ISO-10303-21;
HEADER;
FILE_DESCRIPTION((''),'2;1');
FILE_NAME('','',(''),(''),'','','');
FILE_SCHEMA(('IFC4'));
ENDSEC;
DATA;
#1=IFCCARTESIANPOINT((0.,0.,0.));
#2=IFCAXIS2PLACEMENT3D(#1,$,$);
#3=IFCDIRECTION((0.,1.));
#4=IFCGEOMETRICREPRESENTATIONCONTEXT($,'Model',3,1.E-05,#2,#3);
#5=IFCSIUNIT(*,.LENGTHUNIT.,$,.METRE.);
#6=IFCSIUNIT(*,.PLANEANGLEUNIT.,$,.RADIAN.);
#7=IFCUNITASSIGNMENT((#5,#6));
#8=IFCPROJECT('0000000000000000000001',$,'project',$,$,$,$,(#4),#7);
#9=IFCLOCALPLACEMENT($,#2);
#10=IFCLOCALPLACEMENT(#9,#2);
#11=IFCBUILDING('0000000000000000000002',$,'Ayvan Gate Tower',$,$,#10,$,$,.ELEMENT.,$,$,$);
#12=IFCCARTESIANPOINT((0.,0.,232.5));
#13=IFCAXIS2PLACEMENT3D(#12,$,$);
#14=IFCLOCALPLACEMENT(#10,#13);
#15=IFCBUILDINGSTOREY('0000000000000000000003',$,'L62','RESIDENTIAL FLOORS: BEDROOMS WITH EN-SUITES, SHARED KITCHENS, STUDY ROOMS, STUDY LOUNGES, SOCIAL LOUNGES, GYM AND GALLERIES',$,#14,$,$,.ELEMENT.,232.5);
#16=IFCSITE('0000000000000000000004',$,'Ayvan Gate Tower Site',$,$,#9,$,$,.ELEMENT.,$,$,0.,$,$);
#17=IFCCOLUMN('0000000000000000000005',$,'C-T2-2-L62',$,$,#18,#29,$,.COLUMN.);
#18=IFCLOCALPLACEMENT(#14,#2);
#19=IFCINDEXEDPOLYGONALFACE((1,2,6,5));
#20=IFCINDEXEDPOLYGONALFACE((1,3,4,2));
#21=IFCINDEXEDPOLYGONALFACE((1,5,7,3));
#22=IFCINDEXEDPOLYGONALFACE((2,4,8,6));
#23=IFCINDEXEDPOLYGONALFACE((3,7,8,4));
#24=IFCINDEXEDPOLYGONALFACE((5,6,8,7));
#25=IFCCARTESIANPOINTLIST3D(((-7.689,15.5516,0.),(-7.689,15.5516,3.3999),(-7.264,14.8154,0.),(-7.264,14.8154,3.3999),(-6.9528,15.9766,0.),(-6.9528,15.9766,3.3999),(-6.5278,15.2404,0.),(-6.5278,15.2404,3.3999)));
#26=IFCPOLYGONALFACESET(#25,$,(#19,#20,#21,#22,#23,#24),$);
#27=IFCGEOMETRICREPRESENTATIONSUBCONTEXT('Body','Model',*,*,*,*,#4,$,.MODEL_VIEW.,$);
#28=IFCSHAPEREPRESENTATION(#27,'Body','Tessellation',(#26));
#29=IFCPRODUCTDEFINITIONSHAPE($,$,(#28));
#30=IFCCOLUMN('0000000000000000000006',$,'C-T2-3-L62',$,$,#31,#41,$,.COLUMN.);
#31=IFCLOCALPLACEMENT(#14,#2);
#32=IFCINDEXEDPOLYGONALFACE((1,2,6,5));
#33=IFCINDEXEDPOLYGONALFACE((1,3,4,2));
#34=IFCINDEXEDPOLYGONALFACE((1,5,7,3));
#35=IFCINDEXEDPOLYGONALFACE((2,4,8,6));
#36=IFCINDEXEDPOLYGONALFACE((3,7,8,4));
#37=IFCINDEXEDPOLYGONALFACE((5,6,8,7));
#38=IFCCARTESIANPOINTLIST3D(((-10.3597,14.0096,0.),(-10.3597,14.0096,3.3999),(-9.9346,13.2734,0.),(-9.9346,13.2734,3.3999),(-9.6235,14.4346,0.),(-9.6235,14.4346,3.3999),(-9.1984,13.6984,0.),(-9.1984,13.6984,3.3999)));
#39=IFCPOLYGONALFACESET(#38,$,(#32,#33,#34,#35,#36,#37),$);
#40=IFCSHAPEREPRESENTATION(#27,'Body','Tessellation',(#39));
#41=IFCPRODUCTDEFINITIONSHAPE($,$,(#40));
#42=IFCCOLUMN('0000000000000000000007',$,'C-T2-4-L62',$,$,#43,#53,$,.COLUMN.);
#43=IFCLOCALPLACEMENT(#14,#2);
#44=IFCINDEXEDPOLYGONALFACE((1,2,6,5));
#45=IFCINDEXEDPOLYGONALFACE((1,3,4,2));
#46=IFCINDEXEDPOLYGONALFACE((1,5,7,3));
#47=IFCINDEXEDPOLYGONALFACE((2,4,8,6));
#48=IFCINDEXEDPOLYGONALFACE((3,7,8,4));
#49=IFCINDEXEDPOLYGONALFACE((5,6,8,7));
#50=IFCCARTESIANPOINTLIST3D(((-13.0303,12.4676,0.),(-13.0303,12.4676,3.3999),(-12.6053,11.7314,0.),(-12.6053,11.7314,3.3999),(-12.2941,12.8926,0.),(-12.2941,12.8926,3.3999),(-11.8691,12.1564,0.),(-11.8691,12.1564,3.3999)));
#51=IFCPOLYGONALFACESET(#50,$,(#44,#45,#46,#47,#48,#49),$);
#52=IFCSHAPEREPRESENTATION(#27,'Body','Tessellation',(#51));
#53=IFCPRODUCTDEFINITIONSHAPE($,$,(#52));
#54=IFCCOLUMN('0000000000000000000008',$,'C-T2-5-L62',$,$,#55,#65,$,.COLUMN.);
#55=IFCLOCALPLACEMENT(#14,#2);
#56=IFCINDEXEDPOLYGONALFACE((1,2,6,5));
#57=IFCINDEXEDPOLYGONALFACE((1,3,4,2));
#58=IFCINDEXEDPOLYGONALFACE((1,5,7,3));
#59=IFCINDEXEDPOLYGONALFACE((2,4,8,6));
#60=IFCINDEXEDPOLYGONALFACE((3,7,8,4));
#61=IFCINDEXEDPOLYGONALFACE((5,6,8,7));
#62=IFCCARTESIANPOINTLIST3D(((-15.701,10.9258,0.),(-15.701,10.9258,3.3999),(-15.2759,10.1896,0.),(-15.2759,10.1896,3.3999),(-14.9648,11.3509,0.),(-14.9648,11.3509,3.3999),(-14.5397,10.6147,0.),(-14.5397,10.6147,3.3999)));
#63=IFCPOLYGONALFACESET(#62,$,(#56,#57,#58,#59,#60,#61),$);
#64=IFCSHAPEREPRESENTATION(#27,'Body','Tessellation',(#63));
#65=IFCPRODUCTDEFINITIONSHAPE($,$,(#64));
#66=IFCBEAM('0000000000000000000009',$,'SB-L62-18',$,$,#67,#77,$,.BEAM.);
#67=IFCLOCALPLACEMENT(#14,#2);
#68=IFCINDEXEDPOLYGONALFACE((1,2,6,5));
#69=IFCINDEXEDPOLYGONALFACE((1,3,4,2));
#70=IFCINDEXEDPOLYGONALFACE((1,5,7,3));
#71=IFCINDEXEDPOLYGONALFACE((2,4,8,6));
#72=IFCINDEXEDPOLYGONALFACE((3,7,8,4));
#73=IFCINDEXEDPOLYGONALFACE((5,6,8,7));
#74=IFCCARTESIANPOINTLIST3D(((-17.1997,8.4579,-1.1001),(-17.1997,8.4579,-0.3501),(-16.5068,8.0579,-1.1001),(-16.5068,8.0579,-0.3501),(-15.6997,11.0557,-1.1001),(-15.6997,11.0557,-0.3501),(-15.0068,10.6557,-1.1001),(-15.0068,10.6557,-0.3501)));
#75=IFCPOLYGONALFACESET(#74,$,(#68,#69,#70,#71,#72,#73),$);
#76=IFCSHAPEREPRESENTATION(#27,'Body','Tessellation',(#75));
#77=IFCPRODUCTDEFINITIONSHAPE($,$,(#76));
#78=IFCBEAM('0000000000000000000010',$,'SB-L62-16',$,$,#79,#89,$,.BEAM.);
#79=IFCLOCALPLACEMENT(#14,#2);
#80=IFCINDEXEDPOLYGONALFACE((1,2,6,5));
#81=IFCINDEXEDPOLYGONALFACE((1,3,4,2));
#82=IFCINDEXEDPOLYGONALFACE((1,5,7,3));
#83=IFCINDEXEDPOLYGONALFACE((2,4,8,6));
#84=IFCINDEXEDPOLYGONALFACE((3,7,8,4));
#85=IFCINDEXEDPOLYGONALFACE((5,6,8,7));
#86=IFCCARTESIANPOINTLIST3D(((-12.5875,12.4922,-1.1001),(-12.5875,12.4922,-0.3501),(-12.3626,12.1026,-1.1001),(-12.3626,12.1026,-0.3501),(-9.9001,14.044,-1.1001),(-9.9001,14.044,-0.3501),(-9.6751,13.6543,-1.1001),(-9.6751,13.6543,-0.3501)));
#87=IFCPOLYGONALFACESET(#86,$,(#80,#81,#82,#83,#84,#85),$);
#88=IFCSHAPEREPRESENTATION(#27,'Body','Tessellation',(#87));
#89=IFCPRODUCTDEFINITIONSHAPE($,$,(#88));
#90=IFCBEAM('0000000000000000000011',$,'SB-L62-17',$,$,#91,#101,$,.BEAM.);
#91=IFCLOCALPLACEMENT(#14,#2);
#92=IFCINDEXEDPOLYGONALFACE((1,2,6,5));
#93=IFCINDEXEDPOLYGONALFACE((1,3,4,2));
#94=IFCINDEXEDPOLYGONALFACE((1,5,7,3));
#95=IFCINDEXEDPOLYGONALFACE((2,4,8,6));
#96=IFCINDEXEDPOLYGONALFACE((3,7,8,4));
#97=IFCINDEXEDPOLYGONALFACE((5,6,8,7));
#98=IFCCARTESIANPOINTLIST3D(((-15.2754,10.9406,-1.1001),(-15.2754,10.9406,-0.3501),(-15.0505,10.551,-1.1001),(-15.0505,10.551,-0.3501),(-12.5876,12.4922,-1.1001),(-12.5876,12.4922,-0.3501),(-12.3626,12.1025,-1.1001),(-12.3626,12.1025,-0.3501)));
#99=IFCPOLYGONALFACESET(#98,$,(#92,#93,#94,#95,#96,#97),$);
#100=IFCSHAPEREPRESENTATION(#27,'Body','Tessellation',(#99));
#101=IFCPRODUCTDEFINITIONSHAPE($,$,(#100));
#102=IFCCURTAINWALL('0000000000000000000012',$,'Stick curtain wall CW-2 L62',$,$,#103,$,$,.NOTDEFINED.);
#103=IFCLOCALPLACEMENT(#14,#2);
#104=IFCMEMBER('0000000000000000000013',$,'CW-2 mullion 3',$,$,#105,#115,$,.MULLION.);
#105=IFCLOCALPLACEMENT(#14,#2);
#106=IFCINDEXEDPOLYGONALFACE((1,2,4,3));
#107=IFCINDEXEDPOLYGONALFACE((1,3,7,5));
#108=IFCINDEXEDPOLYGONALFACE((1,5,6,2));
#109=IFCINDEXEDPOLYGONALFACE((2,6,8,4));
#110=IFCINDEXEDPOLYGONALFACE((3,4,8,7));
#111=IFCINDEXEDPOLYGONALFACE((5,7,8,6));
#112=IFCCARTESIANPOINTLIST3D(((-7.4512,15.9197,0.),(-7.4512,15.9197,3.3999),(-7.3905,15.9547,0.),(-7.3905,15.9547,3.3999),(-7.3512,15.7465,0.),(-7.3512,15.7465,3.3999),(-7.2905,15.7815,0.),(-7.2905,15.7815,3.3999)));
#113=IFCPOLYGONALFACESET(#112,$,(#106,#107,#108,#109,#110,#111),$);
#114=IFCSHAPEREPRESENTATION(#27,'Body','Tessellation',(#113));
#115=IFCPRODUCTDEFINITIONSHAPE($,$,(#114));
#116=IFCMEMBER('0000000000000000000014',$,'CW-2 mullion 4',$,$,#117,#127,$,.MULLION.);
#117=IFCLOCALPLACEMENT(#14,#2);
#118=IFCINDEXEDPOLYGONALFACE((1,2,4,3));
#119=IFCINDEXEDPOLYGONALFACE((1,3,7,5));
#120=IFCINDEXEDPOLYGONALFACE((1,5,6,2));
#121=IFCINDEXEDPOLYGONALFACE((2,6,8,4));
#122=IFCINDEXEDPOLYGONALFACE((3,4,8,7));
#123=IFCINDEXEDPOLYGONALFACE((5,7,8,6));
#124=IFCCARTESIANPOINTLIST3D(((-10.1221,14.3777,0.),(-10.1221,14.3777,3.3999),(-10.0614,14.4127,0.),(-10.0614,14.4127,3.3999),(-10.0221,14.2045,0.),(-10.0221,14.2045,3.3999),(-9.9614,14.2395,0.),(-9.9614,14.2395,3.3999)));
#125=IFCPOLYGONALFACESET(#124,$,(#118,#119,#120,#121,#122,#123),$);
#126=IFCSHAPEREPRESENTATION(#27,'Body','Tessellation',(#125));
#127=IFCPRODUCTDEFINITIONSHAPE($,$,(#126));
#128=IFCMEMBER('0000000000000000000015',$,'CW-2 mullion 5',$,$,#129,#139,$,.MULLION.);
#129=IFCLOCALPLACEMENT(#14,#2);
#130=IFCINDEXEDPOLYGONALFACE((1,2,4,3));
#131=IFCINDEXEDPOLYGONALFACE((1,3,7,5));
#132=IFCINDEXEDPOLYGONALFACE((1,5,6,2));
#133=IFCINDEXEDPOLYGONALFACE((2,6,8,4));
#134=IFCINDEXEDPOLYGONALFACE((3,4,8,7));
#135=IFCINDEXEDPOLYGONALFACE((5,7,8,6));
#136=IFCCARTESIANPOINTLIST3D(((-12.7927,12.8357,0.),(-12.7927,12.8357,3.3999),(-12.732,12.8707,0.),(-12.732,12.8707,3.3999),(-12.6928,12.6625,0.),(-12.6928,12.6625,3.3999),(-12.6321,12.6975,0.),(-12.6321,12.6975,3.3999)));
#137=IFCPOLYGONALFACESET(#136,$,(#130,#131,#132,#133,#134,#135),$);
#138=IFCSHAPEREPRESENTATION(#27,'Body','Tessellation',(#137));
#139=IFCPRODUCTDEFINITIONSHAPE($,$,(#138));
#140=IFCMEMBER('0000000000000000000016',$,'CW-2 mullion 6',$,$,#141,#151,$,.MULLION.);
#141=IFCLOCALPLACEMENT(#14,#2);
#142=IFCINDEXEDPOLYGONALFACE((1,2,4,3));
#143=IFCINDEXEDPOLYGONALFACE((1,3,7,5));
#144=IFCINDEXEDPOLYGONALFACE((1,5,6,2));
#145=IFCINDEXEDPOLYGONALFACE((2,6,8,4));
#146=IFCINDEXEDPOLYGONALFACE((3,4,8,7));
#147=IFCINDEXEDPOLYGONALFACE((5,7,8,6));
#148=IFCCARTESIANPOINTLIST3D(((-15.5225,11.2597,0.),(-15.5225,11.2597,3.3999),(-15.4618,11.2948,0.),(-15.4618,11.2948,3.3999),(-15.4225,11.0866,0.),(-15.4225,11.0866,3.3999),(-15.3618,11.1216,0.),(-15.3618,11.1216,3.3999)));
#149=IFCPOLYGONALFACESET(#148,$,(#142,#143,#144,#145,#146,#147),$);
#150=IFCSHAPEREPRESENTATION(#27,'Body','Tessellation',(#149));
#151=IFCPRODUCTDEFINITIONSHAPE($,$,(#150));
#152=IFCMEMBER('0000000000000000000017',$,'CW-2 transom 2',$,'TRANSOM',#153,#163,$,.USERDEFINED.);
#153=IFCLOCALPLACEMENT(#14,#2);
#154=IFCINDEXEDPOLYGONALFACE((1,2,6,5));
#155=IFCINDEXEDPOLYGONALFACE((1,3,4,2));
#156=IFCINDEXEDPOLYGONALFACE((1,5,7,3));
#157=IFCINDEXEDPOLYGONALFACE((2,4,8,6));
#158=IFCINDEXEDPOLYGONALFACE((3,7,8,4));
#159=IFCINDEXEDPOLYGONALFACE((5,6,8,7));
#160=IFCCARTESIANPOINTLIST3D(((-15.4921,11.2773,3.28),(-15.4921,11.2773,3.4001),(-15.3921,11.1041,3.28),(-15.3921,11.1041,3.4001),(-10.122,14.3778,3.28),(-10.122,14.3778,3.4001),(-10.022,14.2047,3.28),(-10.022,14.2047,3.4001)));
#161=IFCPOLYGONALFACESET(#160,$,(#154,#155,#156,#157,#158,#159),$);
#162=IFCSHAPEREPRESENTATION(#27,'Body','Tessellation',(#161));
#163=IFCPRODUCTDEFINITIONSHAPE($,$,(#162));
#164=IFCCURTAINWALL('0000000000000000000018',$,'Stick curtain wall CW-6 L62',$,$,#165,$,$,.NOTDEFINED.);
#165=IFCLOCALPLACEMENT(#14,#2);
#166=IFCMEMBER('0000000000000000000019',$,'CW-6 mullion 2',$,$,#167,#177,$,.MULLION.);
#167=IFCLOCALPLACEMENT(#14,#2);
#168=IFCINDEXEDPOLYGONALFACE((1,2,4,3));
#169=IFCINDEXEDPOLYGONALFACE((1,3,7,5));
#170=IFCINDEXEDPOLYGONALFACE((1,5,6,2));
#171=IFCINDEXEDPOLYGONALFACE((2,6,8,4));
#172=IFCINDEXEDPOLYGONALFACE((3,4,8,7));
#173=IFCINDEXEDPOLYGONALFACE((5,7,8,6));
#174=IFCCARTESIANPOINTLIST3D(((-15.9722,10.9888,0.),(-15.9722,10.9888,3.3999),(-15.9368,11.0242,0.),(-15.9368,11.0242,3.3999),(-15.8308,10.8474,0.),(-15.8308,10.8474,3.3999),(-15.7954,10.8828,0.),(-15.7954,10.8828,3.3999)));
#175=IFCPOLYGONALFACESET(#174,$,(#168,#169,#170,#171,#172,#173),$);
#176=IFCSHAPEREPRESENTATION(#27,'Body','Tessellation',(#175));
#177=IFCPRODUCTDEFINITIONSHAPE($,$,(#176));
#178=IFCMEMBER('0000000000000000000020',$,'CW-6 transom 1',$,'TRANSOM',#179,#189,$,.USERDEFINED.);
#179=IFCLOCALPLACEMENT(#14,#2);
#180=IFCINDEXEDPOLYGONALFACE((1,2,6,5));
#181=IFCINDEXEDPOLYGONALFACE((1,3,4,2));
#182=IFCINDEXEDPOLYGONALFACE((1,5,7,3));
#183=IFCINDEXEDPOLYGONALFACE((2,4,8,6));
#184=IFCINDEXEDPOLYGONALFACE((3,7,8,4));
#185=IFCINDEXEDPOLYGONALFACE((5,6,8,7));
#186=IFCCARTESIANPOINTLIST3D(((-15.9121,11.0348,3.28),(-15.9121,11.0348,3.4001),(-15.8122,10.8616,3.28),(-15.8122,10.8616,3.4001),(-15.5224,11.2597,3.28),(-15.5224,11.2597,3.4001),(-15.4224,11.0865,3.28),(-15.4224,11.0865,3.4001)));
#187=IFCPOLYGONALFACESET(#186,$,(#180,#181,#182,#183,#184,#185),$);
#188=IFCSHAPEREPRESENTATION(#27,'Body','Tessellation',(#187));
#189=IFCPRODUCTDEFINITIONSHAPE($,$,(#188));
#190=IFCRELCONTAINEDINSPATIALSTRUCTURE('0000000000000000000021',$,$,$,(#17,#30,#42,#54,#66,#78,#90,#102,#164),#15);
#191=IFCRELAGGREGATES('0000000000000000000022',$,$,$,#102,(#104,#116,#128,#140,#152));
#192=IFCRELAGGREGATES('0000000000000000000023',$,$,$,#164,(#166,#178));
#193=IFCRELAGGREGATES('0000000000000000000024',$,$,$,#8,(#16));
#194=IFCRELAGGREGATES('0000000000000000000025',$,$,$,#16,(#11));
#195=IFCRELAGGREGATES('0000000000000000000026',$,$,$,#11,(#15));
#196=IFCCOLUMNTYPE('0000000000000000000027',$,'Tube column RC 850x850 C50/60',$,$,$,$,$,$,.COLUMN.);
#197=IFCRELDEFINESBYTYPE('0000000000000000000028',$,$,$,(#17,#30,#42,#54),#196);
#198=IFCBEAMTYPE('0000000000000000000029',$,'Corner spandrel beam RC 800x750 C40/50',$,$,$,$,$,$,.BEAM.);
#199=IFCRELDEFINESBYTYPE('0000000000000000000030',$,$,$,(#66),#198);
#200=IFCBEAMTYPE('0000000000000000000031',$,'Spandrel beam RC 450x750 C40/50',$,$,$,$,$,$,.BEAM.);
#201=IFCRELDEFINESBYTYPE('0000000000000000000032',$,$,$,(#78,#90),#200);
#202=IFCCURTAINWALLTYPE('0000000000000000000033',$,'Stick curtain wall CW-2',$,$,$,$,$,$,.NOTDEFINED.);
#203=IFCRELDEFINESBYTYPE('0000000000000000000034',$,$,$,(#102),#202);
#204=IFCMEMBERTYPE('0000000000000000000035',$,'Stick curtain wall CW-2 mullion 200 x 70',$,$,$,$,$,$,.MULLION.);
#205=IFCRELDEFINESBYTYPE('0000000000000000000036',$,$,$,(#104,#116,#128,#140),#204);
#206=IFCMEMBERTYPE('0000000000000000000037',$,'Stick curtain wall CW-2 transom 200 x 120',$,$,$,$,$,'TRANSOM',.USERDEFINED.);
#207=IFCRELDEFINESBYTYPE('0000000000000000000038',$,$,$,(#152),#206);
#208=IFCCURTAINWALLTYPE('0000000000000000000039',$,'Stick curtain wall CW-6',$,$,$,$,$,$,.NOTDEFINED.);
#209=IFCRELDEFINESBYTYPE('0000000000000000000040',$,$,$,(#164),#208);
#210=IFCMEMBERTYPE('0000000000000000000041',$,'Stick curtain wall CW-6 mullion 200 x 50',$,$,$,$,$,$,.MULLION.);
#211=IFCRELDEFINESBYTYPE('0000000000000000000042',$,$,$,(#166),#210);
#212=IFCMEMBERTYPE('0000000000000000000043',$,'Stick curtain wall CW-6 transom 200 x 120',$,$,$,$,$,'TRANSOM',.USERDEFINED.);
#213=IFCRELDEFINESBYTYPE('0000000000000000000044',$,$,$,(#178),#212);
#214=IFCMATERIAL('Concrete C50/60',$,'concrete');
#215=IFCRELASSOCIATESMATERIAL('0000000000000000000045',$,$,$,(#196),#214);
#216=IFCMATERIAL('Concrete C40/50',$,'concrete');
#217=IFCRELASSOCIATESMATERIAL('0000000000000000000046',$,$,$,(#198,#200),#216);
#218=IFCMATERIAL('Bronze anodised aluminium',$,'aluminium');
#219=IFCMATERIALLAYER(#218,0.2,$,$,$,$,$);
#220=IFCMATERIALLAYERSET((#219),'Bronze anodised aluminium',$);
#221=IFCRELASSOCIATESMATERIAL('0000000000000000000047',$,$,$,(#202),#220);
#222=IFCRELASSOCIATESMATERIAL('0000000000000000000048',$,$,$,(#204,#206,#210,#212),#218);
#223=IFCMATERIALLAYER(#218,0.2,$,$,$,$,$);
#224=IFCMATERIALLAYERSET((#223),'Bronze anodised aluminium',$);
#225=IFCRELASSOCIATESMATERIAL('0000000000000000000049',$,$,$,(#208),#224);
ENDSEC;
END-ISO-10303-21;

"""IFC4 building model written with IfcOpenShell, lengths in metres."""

from ifc_helpers import new_model, si_unit, direction, frame, origin, origin_2d, place, context, subcontext, project, spatial, rectangle, extrude, material, layer, layer_set, material_profile, profile_set, type_object, element, aggregate, save


model = new_model("IFC4")

# Units and contexts
model_context = context("Model", 3, precision=1e-05, world=origin(), true_north=direction((0.0, 1.0)))
body_context = subcontext(model_context, "Body", "Model", "MODEL_VIEW")
ifc_project = project(units=[si_unit("LENGTHUNIT", "METRE"), si_unit("PLANEANGLEUNIT", "RADIAN")], contexts=[model_context])

# Site, building, storey
site_placement = place(None, origin())
site = spatial("IfcSite", under=ifc_project, at=site_placement, Name="Ayvan Gate Tower Site", CompositionType="ELEMENT", RefElevation=0.0)
building_placement = place(site_placement, origin())
building = spatial("IfcBuilding", under=site, at=building_placement, Name="Ayvan Gate Tower", CompositionType="ELEMENT")
storey_placement = place(building_placement, frame((0.0, 0.0, 232.5)))
storey = spatial("IfcBuildingStorey", under=building, at=storey_placement, Name="L62", Description="RESIDENTIAL FLOORS: BEDROOMS WITH EN-SUITES, SHARED KITCHENS, STUDY ROOMS, STUDY LOUNGES, SOCIAL LOUNGES, GYM AND GALLERIES", CompositionType="ELEMENT", Elevation=232.5)

# Columns
ifc_material_1 = material(Name="Concrete C50/60", Category="concrete")
ifc_material_profile_1 = material_profile(ifc_material_1, rectangle(XDim=0.8501, YDim=0.8501, at=origin_2d()), Name="RC 850x850")
ifc_profile_set_1 = profile_set([ifc_material_profile_1], Name="Concrete C50/60")
column_type = type_object("IfcColumnType", Name="Tube column RC 850x850 C50/60", PredefinedType="COLUMN", material=ifc_profile_set_1)
for number, where, z_axis, x_axis, name in (
    (1, (-7.1084, 15.396, 0.0), (0.0, 0.0, 1.0), (-0.5, 0.866025, 0.0), "C-T2-2-L62"),
    (2, (-9.7791, 13.854, 0.0), (0.0, 0.0, 1.0), (-0.5, 0.866025, 0.0), "C-T2-3-L62"),
    (3, (-12.4497, 12.312, 0.0), (0.0, 0.0, 1.0), (-0.5, 0.866025, 0.0), "C-T2-4-L62"),
    (4, (-15.1204, 10.7703, 0.0), (0.0, 0.0, 1.0), (-0.5, 0.866025, 0.0), "C-T2-5-L62"),
):
    element("IfcColumn", number, at=place(storey_placement, frame(where, z_axis=z_axis, x_axis=x_axis)), inside=storey, type_object=column_type, Name=name, PredefinedType="COLUMN", context=body_context, shape_type="SweptSolid", body=[
        extrude(rectangle(XDim=0.8501, YDim=0.8501, at=origin_2d()), origin(), (0.0, 0.0, 1.0), 3.3999),
    ])

# Beams
ifc_material_2 = material(Name="Concrete C40/50", Category="concrete")
ifc_material_profile_2 = material_profile(ifc_material_2, rectangle(XDim=0.8, YDim=0.75, at=origin_2d()), Name="RC 800x750")
ifc_profile_set_2 = profile_set([ifc_material_profile_2], Name="Concrete C40/50")
beam_type_1 = type_object("IfcBeamType", Name="Corner spandrel beam RC 800x750 C40/50", PredefinedType="BEAM", material=ifc_profile_set_2)
beam_1_placement = place(storey_placement, frame((-15.3533, 10.8557, -0.7251), z_axis=(-0.500025, -0.866011, 0.0), x_axis=(0.866011, -0.500025, 0.0)))
element("IfcBeam", 5, at=beam_1_placement, inside=storey, type_object=beam_type_1, Name="SB-L62-18", PredefinedType="BEAM", context=body_context, shape_type="SweptSolid", body=[
    extrude(rectangle(XDim=0.8, YDim=0.75, at=origin_2d()), origin(), (0.0, 0.0, 1.0), 2.9998),
])
ifc_material_profile_3 = material_profile(ifc_material_2, rectangle(XDim=0.45, YDim=0.75, at=origin_2d()), Name="RC 450x750")
ifc_profile_set_3 = profile_set([ifc_material_profile_3], Name="Concrete C40/50")
beam_type_2 = type_object("IfcBeamType", Name="Spandrel beam RC 450x750 C40/50", PredefinedType="BEAM", material=ifc_profile_set_3)
beam_2_placement = place(storey_placement, frame((-9.7876, 13.8491, -0.7251), z_axis=(-0.866007, -0.500031, 0.0), x_axis=(0.500031, -0.866007, 0.0)))
element("IfcBeam", 6, at=beam_2_placement, inside=storey, type_object=beam_type_2, Name="SB-L62-16", PredefinedType="BEAM", context=body_context, shape_type="SweptSolid", body=[
    extrude(rectangle(XDim=0.45, YDim=0.75, at=origin_2d()), origin(), (0.0, 0.0, 1.0), 3.1033),
])
beam_3_placement = place(storey_placement, frame((-12.4751, 12.2974, -0.7251), z_axis=(-0.866061, -0.499938, 0.0), x_axis=(0.499938, -0.866061, 0.0)))
element("IfcBeam", 7, at=beam_3_placement, inside=storey, type_object=beam_type_2, Name="SB-L62-17", PredefinedType="BEAM", context=body_context, shape_type="SweptSolid", body=[
    extrude(rectangle(XDim=0.45, YDim=0.75, at=origin_2d()), origin(), (0.0, 0.0, 1.0), 3.1035),
])

# Curtain walls, members
ifc_material_3 = material(Name="Bronze anodised aluminium", Category="aluminium")
ifc_layer_1 = layer(ifc_material_3, 0.2)
ifc_layer_set_1 = layer_set([ifc_layer_1], Name="Bronze anodised aluminium")
curtain_wall_type_1 = type_object("IfcCurtainWallType", Name="Stick curtain wall CW-2", PredefinedType="NOTDEFINED", material=ifc_layer_set_1)
curtain_wall_1_placement = place(storey_placement, origin())
curtain_wall_1 = element("IfcCurtainWall", 8, at=curtain_wall_1_placement, inside=storey, type_object=curtain_wall_type_1, Name="Stick curtain wall CW-2 L62", PredefinedType="NOTDEFINED")
ifc_material_profile_4 = material_profile(ifc_material_3, rectangle(XDim=0.2, YDim=0.0701, at=origin_2d()), Name="Stick curtain wall CW-2 mullion 200 x 70")
ifc_profile_set_4 = profile_set([ifc_material_profile_4], Name="Bronze anodised aluminium")
member_type_1 = type_object("IfcMemberType", Name="Stick curtain wall CW-2 mullion 200 x 70", PredefinedType="MULLION", material=ifc_profile_set_4)
member_1_placement = place(storey_placement, frame((-7.3708, 15.8506, 0.0), z_axis=(0.0, 0.0, 1.0), x_axis=(-0.5, 0.866025, 0.0)))
member_1 = element("IfcMember", 9, at=member_1_placement, type_object=member_type_1, Name="CW-2 mullion 3", PredefinedType="MULLION", context=body_context, shape_type="SweptSolid", body=[
    extrude(rectangle(XDim=0.2, YDim=0.0701, at=origin_2d()), origin(), (0.0, 0.0, 1.0), 3.3999),
])
member_2_placement = place(storey_placement, frame((-10.0417, 14.3086, 0.0), z_axis=(0.0, 0.0, 1.0), x_axis=(-0.5, 0.866025, 0.0)))
member_2 = element("IfcMember", 10, at=member_2_placement, type_object=member_type_1, Name="CW-2 mullion 4", PredefinedType="MULLION", context=body_context, shape_type="SweptSolid", body=[
    extrude(rectangle(XDim=0.2, YDim=0.0701, at=origin_2d()), origin(), (0.0, 0.0, 1.0), 3.3999),
])
member_3_placement = place(storey_placement, frame((-12.7124, 12.7666, 0.0), z_axis=(0.0, 0.0, 1.0), x_axis=(-0.5, 0.866025, 0.0)))
member_3 = element("IfcMember", 11, at=member_3_placement, type_object=member_type_1, Name="CW-2 mullion 5", PredefinedType="MULLION", context=body_context, shape_type="SweptSolid", body=[
    extrude(rectangle(XDim=0.2, YDim=0.0701, at=origin_2d()), origin(), (0.0, 0.0, 1.0), 3.3999),
])
member_4_placement = place(storey_placement, frame((-15.4421, 11.1907, 0.0), z_axis=(0.0, 0.0, 1.0), x_axis=(-0.5, 0.866025, 0.0)))
member_4 = element("IfcMember", 12, at=member_4_placement, type_object=member_type_1, Name="CW-2 mullion 6", PredefinedType="MULLION", context=body_context, shape_type="SweptSolid", body=[
    extrude(rectangle(XDim=0.2, YDim=0.0701, at=origin_2d()), origin(), (0.0, 0.0, 1.0), 3.3999),
])
ifc_material_profile_5 = material_profile(ifc_material_3, rectangle(XDim=0.2, YDim=0.1201, at=origin_2d()), Name="Stick curtain wall CW-2 transom 200 x 120")
ifc_profile_set_5 = profile_set([ifc_material_profile_5], Name="Bronze anodised aluminium")
member_type_2 = type_object("IfcMemberType", Name="Stick curtain wall CW-2 transom 200 x 120", ElementType="TRANSOM", PredefinedType="USERDEFINED", material=ifc_profile_set_5)
member_5_placement = place(storey_placement, frame((-10.072, 14.2913, 3.3401), z_axis=(-0.866015, -0.500018, 0.0), x_axis=(0.500018, -0.866015, 0.0)))
member_5 = element("IfcMember", 13, at=member_5_placement, type_object=member_type_2, Name="CW-2 transom 2", ObjectType="TRANSOM", PredefinedType="USERDEFINED", context=body_context, shape_type="SweptSolid", body=[
    extrude(rectangle(XDim=0.2, YDim=0.1201, at=origin_2d()), origin(), (0.0, 0.0, 1.0), 6.2009),
])
ifc_layer_2 = layer(ifc_material_3, 0.2)
ifc_layer_set_2 = layer_set([ifc_layer_2], Name="Bronze anodised aluminium")
curtain_wall_type_2 = type_object("IfcCurtainWallType", Name="Stick curtain wall CW-6", PredefinedType="NOTDEFINED", material=ifc_layer_set_2)
curtain_wall_2_placement = place(storey_placement, origin())
curtain_wall_2 = element("IfcCurtainWall", 14, at=curtain_wall_2_placement, inside=storey, type_object=curtain_wall_type_2, Name="Stick curtain wall CW-6 L62", PredefinedType="NOTDEFINED")
ifc_material_profile_6 = material_profile(ifc_material_3, rectangle(XDim=0.2, YDim=0.05, at=origin_2d()), Name="Stick curtain wall CW-6 mullion 200 x 50")
ifc_profile_set_6 = profile_set([ifc_material_profile_6], Name="Bronze anodised aluminium")
member_type_3 = type_object("IfcMemberType", Name="Stick curtain wall CW-6 mullion 200 x 50", PredefinedType="MULLION", material=ifc_profile_set_6)
member_6_placement = place(storey_placement, frame((-15.8838, 10.9358, 0.0), z_axis=(0.0, 0.0, 1.0), x_axis=(-0.707107, 0.707107, 0.0)))
member_6 = element("IfcMember", 15, at=member_6_placement, type_object=member_type_3, Name="CW-6 mullion 2", PredefinedType="MULLION", context=body_context, shape_type="SweptSolid", body=[
    extrude(rectangle(XDim=0.2, YDim=0.05, at=origin_2d()), origin(), (0.0, 0.0, 1.0), 3.3999),
])
ifc_material_profile_7 = material_profile(ifc_material_3, rectangle(XDim=0.2, YDim=0.1201, at=origin_2d()), Name="Stick curtain wall CW-6 transom 200 x 120")
ifc_profile_set_7 = profile_set([ifc_material_profile_7], Name="Bronze anodised aluminium")
member_type_4 = type_object("IfcMemberType", Name="Stick curtain wall CW-6 transom 200 x 120", ElementType="TRANSOM", PredefinedType="USERDEFINED", material=ifc_profile_set_7)
member_7_placement = place(storey_placement, frame((-15.4724, 11.1731, 3.3401), z_axis=(-0.866131, -0.499816, 0.0), x_axis=(0.499816, -0.866131, 0.0)))
member_7 = element("IfcMember", 16, at=member_7_placement, type_object=member_type_4, Name="CW-6 transom 1", ObjectType="TRANSOM", PredefinedType="USERDEFINED", context=body_context, shape_type="SweptSolid", body=[
    extrude(rectangle(XDim=0.2, YDim=0.1201, at=origin_2d()), origin(), (0.0, 0.0, 1.0), 0.45),
])

aggregate(curtain_wall_1, [member_1, member_2, member_3, member_4, member_5])
aggregate(curtain_wall_2, [member_6, member_7])

save(model, "model.ifc")
